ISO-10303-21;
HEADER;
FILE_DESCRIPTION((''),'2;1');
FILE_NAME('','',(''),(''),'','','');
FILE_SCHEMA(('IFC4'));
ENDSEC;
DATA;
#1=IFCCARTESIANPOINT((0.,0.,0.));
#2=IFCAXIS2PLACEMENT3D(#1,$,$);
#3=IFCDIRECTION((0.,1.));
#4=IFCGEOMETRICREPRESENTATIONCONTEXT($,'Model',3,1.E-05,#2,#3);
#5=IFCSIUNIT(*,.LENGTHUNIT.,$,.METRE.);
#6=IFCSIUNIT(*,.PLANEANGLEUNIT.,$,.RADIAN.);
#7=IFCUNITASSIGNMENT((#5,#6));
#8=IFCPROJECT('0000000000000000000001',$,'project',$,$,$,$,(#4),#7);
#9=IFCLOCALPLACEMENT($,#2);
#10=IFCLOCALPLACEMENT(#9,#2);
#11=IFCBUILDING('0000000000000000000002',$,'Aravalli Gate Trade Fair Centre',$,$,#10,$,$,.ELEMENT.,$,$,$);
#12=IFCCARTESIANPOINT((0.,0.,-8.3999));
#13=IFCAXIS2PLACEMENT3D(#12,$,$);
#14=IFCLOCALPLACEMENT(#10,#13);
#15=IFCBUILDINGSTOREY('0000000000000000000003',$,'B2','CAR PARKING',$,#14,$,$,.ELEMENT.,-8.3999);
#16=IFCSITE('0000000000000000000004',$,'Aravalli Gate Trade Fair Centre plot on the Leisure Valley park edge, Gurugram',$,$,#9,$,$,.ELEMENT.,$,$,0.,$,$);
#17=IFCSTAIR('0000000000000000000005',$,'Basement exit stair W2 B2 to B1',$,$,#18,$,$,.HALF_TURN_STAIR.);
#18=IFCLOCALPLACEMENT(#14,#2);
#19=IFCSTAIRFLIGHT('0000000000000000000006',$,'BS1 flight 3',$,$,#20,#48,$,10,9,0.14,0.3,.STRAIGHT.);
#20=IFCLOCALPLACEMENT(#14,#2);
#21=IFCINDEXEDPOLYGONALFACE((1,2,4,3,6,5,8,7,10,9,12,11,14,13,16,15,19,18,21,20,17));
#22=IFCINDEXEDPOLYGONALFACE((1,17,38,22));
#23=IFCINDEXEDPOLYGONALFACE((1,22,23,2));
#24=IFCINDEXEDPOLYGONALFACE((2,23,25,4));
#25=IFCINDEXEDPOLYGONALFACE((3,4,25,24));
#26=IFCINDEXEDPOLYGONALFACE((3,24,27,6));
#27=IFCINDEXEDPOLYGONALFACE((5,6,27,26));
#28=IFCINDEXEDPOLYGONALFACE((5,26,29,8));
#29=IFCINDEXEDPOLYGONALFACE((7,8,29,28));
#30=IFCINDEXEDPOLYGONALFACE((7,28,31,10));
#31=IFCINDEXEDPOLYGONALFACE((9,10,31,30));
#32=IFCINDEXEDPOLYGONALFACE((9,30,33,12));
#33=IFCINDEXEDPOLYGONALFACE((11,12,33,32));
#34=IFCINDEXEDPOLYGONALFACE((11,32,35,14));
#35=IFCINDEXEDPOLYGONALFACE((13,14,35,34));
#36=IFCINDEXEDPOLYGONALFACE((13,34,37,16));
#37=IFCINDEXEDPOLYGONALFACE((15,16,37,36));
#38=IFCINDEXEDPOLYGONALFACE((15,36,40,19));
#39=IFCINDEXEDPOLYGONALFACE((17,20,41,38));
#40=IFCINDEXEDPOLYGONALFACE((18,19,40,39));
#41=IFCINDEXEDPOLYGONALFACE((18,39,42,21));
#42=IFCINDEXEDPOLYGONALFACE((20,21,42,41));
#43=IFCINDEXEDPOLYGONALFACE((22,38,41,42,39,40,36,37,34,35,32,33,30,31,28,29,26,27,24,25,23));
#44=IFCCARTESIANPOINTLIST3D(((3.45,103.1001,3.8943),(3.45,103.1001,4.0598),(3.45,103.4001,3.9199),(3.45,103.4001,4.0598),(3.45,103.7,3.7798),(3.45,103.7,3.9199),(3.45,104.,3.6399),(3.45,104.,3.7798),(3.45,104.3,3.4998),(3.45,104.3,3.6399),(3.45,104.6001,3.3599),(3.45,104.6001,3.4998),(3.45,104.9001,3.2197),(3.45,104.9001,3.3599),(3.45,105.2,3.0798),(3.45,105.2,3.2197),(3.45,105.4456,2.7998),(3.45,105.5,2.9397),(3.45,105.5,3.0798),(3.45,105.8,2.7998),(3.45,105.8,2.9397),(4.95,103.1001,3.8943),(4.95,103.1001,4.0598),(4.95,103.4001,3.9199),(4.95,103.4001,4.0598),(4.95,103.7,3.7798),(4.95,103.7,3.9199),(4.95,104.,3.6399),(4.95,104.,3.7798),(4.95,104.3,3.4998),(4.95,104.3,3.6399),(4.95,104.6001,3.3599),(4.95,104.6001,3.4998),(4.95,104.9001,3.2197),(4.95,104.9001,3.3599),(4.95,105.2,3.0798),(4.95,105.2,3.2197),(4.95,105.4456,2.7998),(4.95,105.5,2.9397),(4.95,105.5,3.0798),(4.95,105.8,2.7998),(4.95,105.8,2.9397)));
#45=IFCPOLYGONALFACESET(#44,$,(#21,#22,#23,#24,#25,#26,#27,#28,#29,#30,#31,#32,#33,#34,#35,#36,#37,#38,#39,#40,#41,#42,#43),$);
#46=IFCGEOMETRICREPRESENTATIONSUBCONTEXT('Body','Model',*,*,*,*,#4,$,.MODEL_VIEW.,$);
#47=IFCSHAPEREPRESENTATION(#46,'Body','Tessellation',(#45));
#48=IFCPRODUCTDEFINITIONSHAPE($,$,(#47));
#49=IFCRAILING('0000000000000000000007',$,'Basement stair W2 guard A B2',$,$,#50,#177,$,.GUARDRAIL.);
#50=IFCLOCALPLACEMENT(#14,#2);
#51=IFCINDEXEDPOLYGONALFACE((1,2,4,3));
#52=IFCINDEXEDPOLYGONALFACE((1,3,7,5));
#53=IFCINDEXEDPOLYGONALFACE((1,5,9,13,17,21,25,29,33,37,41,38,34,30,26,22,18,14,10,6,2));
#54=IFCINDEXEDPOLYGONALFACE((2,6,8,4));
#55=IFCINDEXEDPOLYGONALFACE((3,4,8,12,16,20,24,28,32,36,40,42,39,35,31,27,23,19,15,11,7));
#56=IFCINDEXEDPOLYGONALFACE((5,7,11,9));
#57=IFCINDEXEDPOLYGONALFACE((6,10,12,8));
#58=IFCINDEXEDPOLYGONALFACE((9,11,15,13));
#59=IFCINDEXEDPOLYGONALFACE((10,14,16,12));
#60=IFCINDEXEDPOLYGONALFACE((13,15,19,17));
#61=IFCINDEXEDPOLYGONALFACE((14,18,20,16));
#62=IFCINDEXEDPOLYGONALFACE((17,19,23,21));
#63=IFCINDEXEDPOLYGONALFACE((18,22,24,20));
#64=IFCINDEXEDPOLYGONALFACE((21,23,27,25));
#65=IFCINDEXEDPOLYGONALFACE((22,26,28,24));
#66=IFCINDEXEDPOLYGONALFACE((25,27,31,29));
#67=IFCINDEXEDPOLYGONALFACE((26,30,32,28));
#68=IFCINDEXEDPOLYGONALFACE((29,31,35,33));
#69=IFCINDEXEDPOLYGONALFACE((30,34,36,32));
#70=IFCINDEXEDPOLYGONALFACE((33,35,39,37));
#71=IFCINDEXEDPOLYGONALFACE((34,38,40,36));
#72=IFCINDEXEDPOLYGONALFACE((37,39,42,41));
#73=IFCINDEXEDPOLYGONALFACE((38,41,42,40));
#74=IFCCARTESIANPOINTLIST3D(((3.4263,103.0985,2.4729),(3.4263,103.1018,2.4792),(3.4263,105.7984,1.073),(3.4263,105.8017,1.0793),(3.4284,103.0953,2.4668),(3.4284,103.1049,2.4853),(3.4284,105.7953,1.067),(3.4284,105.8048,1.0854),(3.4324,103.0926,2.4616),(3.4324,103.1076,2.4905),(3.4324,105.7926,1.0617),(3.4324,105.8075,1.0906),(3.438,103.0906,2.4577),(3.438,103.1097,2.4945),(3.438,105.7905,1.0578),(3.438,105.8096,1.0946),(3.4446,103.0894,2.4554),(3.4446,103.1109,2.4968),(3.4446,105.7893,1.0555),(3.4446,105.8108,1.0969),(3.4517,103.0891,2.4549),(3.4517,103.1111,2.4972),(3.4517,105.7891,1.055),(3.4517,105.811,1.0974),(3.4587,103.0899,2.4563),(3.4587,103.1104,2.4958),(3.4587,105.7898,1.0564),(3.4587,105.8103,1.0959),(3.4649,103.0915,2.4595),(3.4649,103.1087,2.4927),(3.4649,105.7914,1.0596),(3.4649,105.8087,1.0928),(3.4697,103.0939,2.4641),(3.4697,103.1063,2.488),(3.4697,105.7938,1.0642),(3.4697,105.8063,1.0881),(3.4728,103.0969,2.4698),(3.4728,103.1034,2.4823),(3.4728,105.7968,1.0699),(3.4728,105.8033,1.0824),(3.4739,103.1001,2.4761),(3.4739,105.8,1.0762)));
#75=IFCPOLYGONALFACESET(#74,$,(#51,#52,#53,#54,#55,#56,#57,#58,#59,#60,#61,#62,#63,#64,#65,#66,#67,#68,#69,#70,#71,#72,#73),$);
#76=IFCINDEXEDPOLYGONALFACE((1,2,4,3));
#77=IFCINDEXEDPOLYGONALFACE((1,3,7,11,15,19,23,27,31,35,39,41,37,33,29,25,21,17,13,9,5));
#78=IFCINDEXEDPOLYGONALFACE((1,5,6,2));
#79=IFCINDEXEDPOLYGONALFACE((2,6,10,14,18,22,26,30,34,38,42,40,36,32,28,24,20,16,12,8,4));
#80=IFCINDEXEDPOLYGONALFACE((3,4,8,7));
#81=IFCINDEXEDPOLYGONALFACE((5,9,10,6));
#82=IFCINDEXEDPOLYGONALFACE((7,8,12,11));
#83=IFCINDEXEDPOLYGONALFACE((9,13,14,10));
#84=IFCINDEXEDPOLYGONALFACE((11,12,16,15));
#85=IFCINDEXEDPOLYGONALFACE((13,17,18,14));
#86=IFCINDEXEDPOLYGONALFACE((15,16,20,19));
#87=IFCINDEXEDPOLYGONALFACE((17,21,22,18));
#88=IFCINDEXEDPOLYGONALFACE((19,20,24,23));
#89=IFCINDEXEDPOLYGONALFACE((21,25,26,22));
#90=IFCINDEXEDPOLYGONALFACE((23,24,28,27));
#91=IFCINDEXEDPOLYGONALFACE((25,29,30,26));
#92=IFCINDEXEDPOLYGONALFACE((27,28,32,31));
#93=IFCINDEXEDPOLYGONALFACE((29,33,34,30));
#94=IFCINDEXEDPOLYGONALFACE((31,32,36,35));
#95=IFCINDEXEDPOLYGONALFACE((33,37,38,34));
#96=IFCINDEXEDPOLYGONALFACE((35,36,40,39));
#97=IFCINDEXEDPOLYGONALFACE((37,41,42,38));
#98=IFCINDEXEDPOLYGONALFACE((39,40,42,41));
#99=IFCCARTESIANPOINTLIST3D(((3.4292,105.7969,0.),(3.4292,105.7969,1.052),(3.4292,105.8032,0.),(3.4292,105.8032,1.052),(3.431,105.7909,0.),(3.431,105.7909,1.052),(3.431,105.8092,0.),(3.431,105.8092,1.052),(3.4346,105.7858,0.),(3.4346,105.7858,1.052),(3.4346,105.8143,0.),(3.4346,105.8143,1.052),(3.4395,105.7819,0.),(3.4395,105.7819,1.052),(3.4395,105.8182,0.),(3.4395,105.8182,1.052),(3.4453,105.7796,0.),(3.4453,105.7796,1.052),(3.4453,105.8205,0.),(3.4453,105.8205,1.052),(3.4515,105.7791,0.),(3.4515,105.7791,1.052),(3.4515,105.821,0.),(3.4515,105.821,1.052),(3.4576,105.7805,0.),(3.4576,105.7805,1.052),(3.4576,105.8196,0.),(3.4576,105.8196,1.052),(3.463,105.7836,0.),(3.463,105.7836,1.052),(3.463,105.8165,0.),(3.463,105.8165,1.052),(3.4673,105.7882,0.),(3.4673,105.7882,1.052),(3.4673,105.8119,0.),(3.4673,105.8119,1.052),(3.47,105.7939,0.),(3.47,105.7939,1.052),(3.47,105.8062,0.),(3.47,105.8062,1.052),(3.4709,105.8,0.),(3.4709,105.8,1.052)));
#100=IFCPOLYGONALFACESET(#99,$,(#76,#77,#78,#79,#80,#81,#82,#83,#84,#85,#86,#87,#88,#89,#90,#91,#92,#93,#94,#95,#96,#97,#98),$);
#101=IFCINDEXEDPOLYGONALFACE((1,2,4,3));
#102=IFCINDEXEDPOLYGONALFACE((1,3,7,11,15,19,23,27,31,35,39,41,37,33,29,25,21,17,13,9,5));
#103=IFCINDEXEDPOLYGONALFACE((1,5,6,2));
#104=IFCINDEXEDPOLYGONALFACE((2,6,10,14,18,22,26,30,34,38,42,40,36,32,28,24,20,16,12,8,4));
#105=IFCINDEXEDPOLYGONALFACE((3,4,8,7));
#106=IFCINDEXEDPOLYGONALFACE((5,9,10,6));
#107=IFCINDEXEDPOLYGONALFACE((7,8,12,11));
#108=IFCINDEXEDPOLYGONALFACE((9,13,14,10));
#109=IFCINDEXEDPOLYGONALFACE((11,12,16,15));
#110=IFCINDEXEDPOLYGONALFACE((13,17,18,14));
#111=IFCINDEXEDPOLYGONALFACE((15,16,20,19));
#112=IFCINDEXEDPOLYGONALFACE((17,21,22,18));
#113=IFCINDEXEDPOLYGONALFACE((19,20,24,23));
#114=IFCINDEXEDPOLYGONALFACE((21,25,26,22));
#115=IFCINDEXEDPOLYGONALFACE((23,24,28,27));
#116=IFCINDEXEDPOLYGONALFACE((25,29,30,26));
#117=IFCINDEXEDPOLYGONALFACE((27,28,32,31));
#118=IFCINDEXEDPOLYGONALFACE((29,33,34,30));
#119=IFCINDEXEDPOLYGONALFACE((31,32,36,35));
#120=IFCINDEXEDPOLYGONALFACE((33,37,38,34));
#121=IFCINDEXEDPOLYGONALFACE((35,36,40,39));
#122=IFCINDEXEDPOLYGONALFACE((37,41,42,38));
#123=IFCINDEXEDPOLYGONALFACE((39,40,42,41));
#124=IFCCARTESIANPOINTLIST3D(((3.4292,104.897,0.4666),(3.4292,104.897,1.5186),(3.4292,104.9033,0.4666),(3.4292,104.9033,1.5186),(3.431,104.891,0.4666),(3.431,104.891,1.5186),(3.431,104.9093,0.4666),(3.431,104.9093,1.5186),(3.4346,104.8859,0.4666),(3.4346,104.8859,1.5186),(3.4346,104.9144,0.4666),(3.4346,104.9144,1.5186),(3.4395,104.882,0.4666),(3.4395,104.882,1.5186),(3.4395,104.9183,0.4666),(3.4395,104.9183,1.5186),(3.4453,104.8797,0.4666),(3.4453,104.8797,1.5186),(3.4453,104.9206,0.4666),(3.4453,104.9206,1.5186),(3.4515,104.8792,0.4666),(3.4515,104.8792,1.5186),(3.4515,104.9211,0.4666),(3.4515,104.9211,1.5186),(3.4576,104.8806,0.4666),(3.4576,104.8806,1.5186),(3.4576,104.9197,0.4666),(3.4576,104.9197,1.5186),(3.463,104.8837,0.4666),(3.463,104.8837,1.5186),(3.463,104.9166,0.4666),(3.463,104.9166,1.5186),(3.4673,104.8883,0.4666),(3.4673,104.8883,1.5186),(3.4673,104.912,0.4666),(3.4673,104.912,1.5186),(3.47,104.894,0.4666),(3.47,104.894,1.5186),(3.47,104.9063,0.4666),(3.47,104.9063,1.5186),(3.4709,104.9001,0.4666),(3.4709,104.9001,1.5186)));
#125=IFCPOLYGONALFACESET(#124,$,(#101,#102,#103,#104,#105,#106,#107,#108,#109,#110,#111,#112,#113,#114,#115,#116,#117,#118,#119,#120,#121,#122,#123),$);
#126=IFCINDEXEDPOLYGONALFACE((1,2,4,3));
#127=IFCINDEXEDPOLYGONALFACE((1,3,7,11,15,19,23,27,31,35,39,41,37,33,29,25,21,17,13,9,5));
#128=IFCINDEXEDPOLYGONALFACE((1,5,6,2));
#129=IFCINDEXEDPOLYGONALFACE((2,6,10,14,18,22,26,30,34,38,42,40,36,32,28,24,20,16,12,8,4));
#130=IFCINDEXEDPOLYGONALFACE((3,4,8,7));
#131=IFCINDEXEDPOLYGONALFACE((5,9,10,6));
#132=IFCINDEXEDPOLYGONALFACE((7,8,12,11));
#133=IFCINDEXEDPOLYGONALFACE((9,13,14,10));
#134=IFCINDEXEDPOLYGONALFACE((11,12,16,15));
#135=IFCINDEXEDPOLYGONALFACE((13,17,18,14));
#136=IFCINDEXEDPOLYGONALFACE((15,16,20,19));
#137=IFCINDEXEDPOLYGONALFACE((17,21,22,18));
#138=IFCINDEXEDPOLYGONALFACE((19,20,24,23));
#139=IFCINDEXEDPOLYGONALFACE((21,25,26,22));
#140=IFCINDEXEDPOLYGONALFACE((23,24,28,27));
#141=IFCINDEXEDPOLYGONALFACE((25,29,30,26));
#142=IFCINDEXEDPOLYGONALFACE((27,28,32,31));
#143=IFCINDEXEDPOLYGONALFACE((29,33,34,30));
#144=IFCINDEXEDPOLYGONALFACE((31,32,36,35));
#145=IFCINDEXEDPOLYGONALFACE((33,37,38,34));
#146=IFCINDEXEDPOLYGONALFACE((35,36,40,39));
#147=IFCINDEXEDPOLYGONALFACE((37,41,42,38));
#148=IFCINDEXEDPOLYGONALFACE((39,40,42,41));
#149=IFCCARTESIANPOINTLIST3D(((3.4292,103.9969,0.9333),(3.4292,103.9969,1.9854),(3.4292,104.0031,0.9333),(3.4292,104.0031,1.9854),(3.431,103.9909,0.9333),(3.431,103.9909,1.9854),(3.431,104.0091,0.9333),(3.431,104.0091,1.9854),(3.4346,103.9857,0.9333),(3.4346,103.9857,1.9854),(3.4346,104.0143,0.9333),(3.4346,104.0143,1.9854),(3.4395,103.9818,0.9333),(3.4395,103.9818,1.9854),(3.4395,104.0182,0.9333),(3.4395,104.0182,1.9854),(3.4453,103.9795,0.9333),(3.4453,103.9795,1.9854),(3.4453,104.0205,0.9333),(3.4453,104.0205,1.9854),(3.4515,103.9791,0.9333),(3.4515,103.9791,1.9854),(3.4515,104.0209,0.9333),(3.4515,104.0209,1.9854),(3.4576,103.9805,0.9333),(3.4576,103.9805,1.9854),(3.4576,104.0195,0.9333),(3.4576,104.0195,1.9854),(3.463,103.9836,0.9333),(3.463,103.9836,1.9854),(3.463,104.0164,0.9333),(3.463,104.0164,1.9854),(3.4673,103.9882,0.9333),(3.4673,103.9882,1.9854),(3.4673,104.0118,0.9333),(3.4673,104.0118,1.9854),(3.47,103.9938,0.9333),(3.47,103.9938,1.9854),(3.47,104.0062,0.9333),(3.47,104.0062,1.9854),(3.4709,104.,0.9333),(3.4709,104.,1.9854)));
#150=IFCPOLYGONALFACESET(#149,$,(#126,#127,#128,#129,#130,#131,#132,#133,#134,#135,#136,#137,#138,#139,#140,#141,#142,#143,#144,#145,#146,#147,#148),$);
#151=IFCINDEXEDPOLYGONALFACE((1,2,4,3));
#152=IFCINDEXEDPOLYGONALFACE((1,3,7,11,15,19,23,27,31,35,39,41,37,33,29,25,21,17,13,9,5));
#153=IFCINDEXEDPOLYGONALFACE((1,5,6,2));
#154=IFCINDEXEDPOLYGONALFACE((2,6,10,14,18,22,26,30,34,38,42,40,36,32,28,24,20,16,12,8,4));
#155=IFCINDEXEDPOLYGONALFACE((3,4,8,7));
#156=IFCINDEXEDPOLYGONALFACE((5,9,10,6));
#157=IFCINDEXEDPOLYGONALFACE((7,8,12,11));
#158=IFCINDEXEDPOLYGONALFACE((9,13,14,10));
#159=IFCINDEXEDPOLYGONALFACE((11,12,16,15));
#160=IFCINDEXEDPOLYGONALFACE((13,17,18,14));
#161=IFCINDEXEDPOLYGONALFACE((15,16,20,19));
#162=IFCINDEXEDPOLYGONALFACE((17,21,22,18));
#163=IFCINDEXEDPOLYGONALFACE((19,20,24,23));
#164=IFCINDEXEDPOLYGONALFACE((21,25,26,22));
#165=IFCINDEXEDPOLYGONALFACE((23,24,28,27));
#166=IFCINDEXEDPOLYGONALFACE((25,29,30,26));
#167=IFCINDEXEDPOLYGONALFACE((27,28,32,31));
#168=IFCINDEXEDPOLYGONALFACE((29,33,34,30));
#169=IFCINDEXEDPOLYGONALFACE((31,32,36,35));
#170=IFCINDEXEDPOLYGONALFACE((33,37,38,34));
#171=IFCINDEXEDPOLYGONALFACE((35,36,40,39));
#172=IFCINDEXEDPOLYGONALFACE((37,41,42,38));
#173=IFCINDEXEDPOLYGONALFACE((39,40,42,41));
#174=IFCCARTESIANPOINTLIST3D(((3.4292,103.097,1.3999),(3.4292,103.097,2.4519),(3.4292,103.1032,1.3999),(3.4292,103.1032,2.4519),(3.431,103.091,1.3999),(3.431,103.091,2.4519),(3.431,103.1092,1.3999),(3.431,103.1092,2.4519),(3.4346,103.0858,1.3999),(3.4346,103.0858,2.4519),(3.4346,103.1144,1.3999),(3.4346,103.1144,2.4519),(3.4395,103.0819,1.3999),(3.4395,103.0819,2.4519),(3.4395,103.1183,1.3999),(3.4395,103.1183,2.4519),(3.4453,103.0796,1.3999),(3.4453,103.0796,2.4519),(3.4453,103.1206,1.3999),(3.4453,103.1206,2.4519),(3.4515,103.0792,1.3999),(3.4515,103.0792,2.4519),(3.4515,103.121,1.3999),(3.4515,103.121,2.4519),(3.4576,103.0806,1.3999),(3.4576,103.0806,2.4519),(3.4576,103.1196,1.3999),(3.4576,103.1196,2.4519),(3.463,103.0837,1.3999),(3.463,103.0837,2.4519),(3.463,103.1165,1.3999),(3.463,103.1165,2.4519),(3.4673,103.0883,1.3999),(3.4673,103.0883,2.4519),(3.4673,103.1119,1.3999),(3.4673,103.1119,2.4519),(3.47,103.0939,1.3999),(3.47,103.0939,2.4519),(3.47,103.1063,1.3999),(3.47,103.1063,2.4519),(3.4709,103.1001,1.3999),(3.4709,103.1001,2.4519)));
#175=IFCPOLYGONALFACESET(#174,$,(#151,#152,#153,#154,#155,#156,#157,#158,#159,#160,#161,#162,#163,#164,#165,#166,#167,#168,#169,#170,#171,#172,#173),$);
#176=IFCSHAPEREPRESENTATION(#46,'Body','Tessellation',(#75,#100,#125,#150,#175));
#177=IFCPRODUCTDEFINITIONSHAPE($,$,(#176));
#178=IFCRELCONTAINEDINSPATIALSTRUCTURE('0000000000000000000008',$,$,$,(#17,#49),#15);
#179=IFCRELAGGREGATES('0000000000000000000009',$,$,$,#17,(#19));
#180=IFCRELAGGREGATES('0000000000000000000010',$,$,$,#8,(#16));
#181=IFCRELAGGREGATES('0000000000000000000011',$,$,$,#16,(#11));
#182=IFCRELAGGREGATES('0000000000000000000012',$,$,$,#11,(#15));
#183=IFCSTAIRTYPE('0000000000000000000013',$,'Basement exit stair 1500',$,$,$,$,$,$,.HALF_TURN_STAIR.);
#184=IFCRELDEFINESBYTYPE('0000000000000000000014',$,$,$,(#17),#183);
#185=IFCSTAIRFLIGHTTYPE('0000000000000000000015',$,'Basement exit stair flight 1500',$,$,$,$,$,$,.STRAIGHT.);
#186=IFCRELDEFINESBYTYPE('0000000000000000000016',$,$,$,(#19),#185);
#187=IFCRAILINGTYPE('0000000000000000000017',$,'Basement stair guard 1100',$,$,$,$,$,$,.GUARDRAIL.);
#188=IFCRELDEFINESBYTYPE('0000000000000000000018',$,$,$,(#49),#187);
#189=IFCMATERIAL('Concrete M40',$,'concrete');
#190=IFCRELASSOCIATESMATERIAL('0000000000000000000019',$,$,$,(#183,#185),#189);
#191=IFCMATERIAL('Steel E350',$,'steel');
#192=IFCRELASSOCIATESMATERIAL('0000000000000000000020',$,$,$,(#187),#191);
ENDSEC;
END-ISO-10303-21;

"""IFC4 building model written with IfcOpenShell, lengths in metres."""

from ifc_helpers import new_model, si_unit, direction, frame, origin, origin_2d, place, context, subcontext, project, spatial, polyline, circle, outline, extrude, material, type_object, element, aggregate, save


model = new_model("IFC4")

# Units and contexts
model_context = context("Model", 3, precision=1e-05, world=origin(), true_north=direction((0.0, 1.0)))
body_context = subcontext(model_context, "Body", "Model", "MODEL_VIEW")
ifc_project = project(units=[si_unit("LENGTHUNIT", "METRE"), si_unit("PLANEANGLEUNIT", "RADIAN")], contexts=[model_context])

# Site, building, storey
site_placement = place(None, origin())
site = spatial("IfcSite", under=ifc_project, at=site_placement, Name="Aravalli Gate Trade Fair Centre plot on the Leisure Valley park edge, Gurugram", CompositionType="ELEMENT", RefElevation=0.0)
building_placement = place(site_placement, origin())
building = spatial("IfcBuilding", under=site, at=building_placement, Name="Aravalli Gate Trade Fair Centre", CompositionType="ELEMENT")
storey_placement = place(building_placement, frame((0.0, 0.0, -8.3999)))
storey = spatial("IfcBuildingStorey", under=building, at=storey_placement, Name="B2", Description="CAR PARKING", CompositionType="ELEMENT", Elevation=-8.3999)

# Shared definitions
ifc_material_1 = material(Name="Concrete M40", Category="concrete")

# Stair, stair flight
stair_type = type_object("IfcStairType", Name="Basement exit stair 1500", PredefinedType="HALF_TURN_STAIR", material=ifc_material_1)
stair_placement = place(storey_placement, origin())
stair = element("IfcStair", 1, at=stair_placement, inside=storey, type_object=stair_type, Name="Basement exit stair W2 B2 to B1", PredefinedType="HALF_TURN_STAIR")
stair_flight_type = type_object("IfcStairFlightType", Name="Basement exit stair flight 1500", PredefinedType="STRAIGHT", material=ifc_material_1)
stair_flight_1_placement = place(storey_placement, frame((4.2, 105.8, 2.7998), z_axis=(0.0, 0.0, 1.0), x_axis=(0.0, -1.0, 0.0)))
stair_flight_1 = element("IfcStairFlight", 2, at=stair_flight_1_placement, type_object=stair_flight_type, Name="BS1 flight 3", NumberOfRisers=10, NumberOfTreads=9, PredefinedType="STRAIGHT", RiserHeight=0.14, TreadLength=0.3, context=body_context, shape_type="SweptSolid", body=[
    extrude(outline(polyline([(0.0, 0.0), (0.0, 0.1399), (0.3, 0.1399), (0.3, 0.28), (0.6001, 0.28), (0.6001, 0.4199), (0.8999, 0.4199), (0.8999, 0.5601), (1.2, 0.5601), (1.2, 0.7), (1.5, 0.7), (1.5, 0.8401), (1.8, 0.8401), (1.8, 0.98), (2.1001, 0.98), (2.1001, 1.1201), (2.3999, 1.1201), (2.3999, 1.26), (2.7, 1.26), (2.7, 1.3999), (2.7, 1.0945), (0.3545, 0.0), (0.0, 0.0)])), frame((0.0, 0.75, 0.0), z_axis=(0.0, -1.0, 0.0), x_axis=(1.0, 0.0, 0.0)), (0.0, 0.0, 1.0), 1.5),
])
aggregate(stair, [stair_flight_1])

# Railing
ifc_material_2 = material(Name="Steel E350", Category="steel")
railing_type_1 = type_object("IfcRailingType", Name="Basement stair guard 1100", PredefinedType="GUARDRAIL", material=ifc_material_2)
railing_1_placement = place(storey_placement, frame((3.45, 105.8, 0.0)))
element("IfcRailing", 3, at=railing_1_placement, inside=storey, type_object=railing_type_1, Name="Basement stair W2 guard A B2", PredefinedType="GUARDRAIL", context=body_context, shape_type="SweptSolid", body=[
    extrude(circle(Radius=0.0239, at=origin_2d()), frame((0.0, 0.0, 1.0762), z_axis=(0.0, -0.887764, 0.460298), x_axis=(1.0, 0.0, 0.0)), (0.0, 0.0, 1.0), 3.0413),
    extrude(circle(Radius=0.021, at=origin_2d()), origin(), (0.0, 0.0, 1.0), 1.052),
    extrude(circle(Radius=0.021, at=origin_2d()), frame((0.0, -0.8999, 0.4666)), (0.0, 0.0, 1.0), 1.052),
    extrude(circle(Radius=0.021, at=origin_2d()), frame((0.0, -1.8, 0.9333)), (0.0, 0.0, 1.0), 1.052),
    extrude(circle(Radius=0.021, at=origin_2d()), frame((0.0, -2.7, 1.3999)), (0.0, 0.0, 1.0), 1.052),
])

save(model, "model.ifc")
